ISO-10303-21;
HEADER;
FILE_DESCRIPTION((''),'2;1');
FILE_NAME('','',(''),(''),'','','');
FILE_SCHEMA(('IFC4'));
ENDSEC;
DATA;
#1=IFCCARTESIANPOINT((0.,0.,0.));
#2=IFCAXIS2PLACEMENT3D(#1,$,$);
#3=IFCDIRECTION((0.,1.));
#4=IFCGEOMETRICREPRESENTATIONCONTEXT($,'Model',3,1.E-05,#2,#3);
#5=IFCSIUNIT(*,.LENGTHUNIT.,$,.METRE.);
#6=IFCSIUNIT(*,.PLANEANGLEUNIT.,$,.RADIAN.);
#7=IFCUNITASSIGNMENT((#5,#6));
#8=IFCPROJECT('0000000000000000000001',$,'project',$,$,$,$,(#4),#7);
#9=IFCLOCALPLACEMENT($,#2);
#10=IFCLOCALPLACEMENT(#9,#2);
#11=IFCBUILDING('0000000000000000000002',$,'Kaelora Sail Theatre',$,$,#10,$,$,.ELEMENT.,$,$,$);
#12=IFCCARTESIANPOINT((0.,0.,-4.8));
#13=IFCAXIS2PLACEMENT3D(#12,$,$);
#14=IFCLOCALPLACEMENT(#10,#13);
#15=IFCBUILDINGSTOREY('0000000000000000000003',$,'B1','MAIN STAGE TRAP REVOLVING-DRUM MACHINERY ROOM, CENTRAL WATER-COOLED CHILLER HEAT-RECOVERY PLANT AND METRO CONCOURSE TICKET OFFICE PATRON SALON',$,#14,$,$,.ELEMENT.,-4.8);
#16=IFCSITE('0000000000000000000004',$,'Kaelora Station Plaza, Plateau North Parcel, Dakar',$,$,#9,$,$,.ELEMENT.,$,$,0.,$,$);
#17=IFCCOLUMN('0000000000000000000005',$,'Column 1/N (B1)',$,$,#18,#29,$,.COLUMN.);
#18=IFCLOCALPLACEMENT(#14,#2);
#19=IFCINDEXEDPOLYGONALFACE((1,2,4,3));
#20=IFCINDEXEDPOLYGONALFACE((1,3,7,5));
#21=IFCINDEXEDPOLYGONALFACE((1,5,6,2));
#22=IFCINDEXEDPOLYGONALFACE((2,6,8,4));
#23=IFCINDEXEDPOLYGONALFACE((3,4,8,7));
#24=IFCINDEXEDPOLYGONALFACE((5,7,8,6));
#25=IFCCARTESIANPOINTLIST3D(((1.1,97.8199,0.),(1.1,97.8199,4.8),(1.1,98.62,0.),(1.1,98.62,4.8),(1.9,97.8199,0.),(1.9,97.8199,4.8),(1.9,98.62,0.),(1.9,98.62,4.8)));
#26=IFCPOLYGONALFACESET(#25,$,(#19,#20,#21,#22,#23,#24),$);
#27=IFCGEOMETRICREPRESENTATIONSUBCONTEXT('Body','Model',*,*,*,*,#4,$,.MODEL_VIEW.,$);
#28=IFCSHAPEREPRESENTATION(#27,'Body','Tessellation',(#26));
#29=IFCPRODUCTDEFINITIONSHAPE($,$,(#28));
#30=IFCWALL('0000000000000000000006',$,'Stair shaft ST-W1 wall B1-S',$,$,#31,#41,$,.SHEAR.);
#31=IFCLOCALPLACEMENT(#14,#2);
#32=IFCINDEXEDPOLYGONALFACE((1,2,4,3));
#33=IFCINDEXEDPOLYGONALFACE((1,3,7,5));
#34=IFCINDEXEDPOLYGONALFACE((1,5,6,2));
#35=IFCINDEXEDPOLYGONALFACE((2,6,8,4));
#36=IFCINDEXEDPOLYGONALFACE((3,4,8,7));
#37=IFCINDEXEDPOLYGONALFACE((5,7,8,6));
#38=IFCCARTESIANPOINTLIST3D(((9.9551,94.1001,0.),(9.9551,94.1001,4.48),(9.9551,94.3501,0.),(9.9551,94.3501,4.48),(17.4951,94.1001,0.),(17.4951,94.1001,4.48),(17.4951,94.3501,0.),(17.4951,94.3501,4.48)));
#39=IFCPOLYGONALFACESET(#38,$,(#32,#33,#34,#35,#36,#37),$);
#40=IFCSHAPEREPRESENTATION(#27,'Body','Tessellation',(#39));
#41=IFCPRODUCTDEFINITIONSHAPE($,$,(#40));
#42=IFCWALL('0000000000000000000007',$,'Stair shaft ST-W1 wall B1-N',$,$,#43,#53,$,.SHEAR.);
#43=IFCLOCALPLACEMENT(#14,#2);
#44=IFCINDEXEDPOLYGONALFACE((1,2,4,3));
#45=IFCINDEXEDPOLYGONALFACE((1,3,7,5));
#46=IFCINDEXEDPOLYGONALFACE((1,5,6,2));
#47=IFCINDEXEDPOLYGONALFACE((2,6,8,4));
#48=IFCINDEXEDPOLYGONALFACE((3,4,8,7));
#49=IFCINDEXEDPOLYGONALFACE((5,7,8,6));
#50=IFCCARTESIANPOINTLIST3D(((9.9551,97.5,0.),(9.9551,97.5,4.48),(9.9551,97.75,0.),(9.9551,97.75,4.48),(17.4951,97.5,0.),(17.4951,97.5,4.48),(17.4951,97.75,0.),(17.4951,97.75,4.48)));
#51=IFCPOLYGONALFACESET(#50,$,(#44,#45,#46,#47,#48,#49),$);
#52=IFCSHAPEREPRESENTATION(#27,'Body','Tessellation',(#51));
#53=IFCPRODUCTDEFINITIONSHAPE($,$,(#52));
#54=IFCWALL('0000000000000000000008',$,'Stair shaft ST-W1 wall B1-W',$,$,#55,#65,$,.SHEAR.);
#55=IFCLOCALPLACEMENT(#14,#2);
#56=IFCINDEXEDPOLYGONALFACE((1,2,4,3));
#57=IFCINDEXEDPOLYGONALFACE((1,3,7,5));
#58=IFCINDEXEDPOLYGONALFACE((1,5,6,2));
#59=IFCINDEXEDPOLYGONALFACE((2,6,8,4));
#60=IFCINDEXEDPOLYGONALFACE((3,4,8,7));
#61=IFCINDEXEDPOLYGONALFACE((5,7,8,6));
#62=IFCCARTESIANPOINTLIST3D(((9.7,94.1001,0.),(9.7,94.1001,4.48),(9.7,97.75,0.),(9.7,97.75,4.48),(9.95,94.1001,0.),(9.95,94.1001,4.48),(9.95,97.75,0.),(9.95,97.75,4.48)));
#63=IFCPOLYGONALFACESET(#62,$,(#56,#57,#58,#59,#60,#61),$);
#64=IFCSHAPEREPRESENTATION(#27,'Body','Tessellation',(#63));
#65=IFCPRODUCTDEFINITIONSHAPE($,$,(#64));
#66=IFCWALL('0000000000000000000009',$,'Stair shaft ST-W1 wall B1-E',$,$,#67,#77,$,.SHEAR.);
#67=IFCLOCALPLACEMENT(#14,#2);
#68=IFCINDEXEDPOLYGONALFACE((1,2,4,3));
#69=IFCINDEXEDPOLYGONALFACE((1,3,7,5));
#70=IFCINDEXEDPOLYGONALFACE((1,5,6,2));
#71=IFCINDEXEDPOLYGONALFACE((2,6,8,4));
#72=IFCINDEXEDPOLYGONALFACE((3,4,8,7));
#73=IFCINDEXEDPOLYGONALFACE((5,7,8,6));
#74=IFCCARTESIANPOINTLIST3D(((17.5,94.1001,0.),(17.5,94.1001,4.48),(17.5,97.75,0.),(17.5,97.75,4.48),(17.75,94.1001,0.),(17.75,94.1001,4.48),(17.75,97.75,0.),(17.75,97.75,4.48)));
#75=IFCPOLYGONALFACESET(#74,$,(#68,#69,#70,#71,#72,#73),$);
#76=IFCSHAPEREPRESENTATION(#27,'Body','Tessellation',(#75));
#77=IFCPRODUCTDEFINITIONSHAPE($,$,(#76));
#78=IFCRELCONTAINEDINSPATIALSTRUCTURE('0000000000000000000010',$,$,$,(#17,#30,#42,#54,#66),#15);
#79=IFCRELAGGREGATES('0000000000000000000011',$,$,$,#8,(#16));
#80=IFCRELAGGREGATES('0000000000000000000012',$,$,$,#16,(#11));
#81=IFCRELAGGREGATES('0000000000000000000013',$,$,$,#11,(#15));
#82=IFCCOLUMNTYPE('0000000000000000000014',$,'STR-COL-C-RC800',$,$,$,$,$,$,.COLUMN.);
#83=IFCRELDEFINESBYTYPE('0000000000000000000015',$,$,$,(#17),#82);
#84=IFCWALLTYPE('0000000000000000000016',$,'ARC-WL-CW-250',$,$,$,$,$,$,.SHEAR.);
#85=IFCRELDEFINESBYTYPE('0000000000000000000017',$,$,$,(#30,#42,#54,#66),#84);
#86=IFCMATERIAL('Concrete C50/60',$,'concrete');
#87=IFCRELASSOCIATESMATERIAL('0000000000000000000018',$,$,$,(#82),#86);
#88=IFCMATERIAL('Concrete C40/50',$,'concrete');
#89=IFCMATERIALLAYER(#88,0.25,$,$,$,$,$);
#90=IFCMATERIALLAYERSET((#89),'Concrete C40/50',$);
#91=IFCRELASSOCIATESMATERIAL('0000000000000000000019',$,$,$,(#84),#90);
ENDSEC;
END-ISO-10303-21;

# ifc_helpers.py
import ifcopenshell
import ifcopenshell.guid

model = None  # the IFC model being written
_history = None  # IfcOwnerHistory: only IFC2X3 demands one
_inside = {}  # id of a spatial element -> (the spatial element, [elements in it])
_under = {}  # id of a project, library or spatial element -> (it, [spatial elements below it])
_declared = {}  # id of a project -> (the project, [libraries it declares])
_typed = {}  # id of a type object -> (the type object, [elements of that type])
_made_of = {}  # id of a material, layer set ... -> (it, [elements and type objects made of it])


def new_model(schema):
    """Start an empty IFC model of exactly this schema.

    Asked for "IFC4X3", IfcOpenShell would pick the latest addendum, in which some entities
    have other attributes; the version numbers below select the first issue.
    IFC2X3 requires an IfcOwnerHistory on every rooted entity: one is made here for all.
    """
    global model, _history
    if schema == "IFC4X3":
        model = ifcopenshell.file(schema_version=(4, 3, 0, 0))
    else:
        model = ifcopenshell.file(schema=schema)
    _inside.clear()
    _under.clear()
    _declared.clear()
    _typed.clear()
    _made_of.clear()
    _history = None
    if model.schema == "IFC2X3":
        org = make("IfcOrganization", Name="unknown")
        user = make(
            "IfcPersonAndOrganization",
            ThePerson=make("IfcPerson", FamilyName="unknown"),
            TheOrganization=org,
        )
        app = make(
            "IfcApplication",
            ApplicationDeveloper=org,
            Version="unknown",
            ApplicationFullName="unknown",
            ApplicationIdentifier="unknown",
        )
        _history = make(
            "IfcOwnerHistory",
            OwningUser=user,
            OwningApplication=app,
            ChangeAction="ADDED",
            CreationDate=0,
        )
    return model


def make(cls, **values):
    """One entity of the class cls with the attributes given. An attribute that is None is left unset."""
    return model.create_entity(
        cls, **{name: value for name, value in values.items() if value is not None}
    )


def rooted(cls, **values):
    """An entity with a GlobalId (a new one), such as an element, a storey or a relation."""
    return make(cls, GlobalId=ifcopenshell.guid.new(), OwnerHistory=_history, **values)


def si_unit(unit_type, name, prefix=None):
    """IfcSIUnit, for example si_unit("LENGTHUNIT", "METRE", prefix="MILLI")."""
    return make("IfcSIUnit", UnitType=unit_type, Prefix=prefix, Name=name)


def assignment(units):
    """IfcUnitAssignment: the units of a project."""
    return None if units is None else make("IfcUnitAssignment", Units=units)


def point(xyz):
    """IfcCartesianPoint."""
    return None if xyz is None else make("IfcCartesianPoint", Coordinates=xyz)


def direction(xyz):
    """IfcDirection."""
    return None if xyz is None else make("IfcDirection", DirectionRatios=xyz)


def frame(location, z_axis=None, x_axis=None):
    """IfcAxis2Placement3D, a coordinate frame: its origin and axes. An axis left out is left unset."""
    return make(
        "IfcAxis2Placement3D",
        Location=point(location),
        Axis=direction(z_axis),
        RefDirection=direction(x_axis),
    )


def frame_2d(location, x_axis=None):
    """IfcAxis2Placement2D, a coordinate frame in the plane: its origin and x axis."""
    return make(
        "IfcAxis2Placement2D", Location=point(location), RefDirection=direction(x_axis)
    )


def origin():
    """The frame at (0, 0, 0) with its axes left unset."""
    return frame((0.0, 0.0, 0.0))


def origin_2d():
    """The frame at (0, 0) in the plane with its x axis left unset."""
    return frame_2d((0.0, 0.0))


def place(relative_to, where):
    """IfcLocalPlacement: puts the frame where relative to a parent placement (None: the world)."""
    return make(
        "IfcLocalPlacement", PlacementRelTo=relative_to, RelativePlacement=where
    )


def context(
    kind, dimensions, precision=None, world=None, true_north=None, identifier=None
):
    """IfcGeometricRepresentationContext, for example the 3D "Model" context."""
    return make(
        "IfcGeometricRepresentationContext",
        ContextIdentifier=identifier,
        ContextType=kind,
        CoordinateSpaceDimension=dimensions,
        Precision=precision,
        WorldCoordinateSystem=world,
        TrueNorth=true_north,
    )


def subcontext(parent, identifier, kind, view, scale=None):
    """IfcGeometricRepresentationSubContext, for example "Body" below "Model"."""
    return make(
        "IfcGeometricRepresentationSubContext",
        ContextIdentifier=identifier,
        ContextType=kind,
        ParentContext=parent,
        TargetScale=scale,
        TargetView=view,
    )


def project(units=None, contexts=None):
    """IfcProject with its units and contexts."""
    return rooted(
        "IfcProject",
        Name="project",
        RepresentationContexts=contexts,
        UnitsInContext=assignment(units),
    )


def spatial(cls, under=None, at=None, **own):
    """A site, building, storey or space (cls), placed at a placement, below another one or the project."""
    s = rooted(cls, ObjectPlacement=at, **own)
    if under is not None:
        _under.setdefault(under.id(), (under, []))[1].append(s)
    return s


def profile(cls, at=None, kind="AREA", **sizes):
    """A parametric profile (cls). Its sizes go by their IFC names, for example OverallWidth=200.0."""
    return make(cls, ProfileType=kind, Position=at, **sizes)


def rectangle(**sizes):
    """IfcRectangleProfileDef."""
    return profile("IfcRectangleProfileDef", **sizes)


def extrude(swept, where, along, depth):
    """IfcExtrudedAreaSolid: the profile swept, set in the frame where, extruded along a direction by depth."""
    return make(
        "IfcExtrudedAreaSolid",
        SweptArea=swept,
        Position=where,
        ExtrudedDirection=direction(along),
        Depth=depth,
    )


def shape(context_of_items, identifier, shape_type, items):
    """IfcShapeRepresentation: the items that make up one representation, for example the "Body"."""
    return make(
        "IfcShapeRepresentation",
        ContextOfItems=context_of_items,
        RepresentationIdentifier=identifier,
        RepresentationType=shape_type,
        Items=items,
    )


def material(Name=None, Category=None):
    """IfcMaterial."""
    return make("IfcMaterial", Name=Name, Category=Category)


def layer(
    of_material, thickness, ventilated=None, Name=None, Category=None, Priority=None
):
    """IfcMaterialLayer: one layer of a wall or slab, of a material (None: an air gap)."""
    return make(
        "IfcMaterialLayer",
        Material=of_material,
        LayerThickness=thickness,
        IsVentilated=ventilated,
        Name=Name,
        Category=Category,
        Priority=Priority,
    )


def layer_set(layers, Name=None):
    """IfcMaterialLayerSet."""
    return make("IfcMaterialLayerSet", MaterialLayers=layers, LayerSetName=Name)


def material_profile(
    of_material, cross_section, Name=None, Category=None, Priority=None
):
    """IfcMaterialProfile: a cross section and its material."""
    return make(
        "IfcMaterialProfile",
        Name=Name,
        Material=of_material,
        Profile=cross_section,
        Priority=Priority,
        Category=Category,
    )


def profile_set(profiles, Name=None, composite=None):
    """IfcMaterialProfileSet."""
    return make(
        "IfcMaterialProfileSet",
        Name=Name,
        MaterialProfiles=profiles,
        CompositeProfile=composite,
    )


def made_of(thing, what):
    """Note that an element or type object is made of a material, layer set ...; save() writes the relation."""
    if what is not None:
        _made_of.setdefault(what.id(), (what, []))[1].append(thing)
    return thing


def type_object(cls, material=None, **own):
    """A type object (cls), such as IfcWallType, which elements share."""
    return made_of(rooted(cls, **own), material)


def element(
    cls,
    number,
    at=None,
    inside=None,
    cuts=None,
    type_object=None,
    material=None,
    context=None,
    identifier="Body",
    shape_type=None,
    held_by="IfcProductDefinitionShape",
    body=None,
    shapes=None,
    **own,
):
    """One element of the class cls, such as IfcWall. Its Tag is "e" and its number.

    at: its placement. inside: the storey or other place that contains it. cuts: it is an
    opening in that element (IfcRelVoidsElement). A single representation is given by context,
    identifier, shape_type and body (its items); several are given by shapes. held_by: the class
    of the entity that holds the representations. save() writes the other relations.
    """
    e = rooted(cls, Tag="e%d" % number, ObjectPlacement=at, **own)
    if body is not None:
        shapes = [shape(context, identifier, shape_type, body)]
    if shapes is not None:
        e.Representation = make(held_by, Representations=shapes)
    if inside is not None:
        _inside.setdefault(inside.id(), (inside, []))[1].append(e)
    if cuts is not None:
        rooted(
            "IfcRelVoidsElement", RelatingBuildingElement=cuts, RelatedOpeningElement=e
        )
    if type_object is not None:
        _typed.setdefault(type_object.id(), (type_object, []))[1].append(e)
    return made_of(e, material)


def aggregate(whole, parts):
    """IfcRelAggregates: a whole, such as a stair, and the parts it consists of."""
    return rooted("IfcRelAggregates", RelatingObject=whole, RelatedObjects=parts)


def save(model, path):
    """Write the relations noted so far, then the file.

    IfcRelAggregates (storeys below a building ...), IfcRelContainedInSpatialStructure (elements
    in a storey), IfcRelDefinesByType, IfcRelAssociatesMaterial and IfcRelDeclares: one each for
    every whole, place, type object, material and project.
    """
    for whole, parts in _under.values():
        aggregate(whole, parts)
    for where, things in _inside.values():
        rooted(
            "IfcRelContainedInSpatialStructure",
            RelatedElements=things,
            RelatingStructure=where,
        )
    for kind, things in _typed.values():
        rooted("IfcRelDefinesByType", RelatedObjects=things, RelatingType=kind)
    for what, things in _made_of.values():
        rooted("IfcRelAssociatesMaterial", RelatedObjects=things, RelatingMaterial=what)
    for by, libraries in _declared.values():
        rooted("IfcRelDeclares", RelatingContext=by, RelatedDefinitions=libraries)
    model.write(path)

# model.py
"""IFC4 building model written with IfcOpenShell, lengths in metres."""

from ifc_helpers import new_model, si_unit, direction, frame, frame_2d, origin, origin_2d, place, context, subcontext, project, spatial, rectangle, extrude, material, layer, layer_set, material_profile, profile_set, type_object, element, save


model = new_model("IFC4")

# Units and contexts
model_context = context("Model", 3, precision=1e-05, world=origin(), true_north=direction((0.0, 1.0)))
body_context = subcontext(model_context, "Body", "Model", "MODEL_VIEW")
ifc_project = project(units=[si_unit("LENGTHUNIT", "METRE"), si_unit("PLANEANGLEUNIT", "RADIAN")], contexts=[model_context])

# Site, building, storey
site_placement = place(None, origin())
site = spatial("IfcSite", under=ifc_project, at=site_placement, Name="Kaelora Station Plaza, Plateau North Parcel, Dakar", CompositionType="ELEMENT", RefElevation=0.0)
building_placement = place(site_placement, origin())
building = spatial("IfcBuilding", under=site, at=building_placement, Name="Kaelora Sail Theatre", CompositionType="ELEMENT")
storey_placement = place(building_placement, frame((0.0, 0.0, -4.8)))
storey = spatial("IfcBuildingStorey", under=building, at=storey_placement, Name="B1", Description="MAIN STAGE TRAP REVOLVING-DRUM MACHINERY ROOM, CENTRAL WATER-COOLED CHILLER HEAT-RECOVERY PLANT AND METRO CONCOURSE TICKET OFFICE PATRON SALON", CompositionType="ELEMENT", Elevation=-4.8)

# Column
ifc_material_1 = material(Name="Concrete C50/60", Category="concrete")
ifc_material_profile_1 = material_profile(ifc_material_1, rectangle(XDim=0.8, YDim=0.8, at=origin_2d()), Name="RC-COL 800x800")
ifc_profile_set_1 = profile_set([ifc_material_profile_1], Name="Concrete C50/60")
column_type_1 = type_object("IfcColumnType", Name="STR-COL-C-RC800", PredefinedType="COLUMN", material=ifc_profile_set_1)
for number, where, z_axis, x_axis, name in (
    (1, (1.5, 98.22, 0.0), (0.0, 0.0, 1.0), (1.0, 0.0, 0.0), "Column 1/N (B1)"),
):
    element("IfcColumn", number, at=place(storey_placement, frame(where, z_axis=z_axis, x_axis=x_axis)), inside=storey, type_object=column_type_1, Name=name, PredefinedType="COLUMN", context=body_context, shape_type="SweptSolid", body=[
        extrude(rectangle(XDim=0.8, YDim=0.8, at=origin_2d()), origin(), (0.0, 0.0, 1.0), 4.8),
    ])

# Walls
ifc_material_2 = material(Name="Concrete C40/50", Category="concrete")
ifc_layer = layer(ifc_material_2, 0.25)
ifc_layer_set = layer_set([ifc_layer], Name="Concrete C40/50")
wall_type = type_object("IfcWallType", Name="ARC-WL-CW-250", PredefinedType="SHEAR", material=ifc_layer_set)
for number, where, z_axis, x_axis, name in (
    (2, (9.9551, 94.2251, 0.0), (0.0, 0.0, 1.0), (1.0, 0.0, 0.0), "Stair shaft ST-W1 wall B1-S"),
    (3, (9.9551, 97.625, 0.0), (0.0, 0.0, 1.0), (1.0, 0.0, 0.0), "Stair shaft ST-W1 wall B1-N"),
):
    element("IfcWall", number, at=place(storey_placement, frame(where, z_axis=z_axis, x_axis=x_axis)), inside=storey, type_object=wall_type, Name=name, PredefinedType="SHEAR", context=body_context, shape_type="SweptSolid", body=[
        extrude(rectangle(XDim=7.54, YDim=0.25, at=frame_2d((3.77, 0.0))), origin(), (0.0, 0.0, 1.0), 4.48),
    ])
for number, where, z_axis, x_axis, name in (
    (4, (9.825, 94.1001, 0.0), (0.0, 0.0, 1.0), (0.0, 1.0, 0.0), "Stair shaft ST-W1 wall B1-W"),
    (5, (17.625, 94.1001, 0.0), (0.0, 0.0, 1.0), (0.0, 1.0, 0.0), "Stair shaft ST-W1 wall B1-E"),
):
    element("IfcWall", number, at=place(storey_placement, frame(where, z_axis=z_axis, x_axis=x_axis)), inside=storey, type_object=wall_type, Name=name, PredefinedType="SHEAR", context=body_context, shape_type="SweptSolid", body=[
        extrude(rectangle(XDim=3.6499, YDim=0.25, at=frame_2d((1.825, 0.0))), origin(), (0.0, 0.0, 1.0), 4.48),
    ])

save(model, "model.ifc")
